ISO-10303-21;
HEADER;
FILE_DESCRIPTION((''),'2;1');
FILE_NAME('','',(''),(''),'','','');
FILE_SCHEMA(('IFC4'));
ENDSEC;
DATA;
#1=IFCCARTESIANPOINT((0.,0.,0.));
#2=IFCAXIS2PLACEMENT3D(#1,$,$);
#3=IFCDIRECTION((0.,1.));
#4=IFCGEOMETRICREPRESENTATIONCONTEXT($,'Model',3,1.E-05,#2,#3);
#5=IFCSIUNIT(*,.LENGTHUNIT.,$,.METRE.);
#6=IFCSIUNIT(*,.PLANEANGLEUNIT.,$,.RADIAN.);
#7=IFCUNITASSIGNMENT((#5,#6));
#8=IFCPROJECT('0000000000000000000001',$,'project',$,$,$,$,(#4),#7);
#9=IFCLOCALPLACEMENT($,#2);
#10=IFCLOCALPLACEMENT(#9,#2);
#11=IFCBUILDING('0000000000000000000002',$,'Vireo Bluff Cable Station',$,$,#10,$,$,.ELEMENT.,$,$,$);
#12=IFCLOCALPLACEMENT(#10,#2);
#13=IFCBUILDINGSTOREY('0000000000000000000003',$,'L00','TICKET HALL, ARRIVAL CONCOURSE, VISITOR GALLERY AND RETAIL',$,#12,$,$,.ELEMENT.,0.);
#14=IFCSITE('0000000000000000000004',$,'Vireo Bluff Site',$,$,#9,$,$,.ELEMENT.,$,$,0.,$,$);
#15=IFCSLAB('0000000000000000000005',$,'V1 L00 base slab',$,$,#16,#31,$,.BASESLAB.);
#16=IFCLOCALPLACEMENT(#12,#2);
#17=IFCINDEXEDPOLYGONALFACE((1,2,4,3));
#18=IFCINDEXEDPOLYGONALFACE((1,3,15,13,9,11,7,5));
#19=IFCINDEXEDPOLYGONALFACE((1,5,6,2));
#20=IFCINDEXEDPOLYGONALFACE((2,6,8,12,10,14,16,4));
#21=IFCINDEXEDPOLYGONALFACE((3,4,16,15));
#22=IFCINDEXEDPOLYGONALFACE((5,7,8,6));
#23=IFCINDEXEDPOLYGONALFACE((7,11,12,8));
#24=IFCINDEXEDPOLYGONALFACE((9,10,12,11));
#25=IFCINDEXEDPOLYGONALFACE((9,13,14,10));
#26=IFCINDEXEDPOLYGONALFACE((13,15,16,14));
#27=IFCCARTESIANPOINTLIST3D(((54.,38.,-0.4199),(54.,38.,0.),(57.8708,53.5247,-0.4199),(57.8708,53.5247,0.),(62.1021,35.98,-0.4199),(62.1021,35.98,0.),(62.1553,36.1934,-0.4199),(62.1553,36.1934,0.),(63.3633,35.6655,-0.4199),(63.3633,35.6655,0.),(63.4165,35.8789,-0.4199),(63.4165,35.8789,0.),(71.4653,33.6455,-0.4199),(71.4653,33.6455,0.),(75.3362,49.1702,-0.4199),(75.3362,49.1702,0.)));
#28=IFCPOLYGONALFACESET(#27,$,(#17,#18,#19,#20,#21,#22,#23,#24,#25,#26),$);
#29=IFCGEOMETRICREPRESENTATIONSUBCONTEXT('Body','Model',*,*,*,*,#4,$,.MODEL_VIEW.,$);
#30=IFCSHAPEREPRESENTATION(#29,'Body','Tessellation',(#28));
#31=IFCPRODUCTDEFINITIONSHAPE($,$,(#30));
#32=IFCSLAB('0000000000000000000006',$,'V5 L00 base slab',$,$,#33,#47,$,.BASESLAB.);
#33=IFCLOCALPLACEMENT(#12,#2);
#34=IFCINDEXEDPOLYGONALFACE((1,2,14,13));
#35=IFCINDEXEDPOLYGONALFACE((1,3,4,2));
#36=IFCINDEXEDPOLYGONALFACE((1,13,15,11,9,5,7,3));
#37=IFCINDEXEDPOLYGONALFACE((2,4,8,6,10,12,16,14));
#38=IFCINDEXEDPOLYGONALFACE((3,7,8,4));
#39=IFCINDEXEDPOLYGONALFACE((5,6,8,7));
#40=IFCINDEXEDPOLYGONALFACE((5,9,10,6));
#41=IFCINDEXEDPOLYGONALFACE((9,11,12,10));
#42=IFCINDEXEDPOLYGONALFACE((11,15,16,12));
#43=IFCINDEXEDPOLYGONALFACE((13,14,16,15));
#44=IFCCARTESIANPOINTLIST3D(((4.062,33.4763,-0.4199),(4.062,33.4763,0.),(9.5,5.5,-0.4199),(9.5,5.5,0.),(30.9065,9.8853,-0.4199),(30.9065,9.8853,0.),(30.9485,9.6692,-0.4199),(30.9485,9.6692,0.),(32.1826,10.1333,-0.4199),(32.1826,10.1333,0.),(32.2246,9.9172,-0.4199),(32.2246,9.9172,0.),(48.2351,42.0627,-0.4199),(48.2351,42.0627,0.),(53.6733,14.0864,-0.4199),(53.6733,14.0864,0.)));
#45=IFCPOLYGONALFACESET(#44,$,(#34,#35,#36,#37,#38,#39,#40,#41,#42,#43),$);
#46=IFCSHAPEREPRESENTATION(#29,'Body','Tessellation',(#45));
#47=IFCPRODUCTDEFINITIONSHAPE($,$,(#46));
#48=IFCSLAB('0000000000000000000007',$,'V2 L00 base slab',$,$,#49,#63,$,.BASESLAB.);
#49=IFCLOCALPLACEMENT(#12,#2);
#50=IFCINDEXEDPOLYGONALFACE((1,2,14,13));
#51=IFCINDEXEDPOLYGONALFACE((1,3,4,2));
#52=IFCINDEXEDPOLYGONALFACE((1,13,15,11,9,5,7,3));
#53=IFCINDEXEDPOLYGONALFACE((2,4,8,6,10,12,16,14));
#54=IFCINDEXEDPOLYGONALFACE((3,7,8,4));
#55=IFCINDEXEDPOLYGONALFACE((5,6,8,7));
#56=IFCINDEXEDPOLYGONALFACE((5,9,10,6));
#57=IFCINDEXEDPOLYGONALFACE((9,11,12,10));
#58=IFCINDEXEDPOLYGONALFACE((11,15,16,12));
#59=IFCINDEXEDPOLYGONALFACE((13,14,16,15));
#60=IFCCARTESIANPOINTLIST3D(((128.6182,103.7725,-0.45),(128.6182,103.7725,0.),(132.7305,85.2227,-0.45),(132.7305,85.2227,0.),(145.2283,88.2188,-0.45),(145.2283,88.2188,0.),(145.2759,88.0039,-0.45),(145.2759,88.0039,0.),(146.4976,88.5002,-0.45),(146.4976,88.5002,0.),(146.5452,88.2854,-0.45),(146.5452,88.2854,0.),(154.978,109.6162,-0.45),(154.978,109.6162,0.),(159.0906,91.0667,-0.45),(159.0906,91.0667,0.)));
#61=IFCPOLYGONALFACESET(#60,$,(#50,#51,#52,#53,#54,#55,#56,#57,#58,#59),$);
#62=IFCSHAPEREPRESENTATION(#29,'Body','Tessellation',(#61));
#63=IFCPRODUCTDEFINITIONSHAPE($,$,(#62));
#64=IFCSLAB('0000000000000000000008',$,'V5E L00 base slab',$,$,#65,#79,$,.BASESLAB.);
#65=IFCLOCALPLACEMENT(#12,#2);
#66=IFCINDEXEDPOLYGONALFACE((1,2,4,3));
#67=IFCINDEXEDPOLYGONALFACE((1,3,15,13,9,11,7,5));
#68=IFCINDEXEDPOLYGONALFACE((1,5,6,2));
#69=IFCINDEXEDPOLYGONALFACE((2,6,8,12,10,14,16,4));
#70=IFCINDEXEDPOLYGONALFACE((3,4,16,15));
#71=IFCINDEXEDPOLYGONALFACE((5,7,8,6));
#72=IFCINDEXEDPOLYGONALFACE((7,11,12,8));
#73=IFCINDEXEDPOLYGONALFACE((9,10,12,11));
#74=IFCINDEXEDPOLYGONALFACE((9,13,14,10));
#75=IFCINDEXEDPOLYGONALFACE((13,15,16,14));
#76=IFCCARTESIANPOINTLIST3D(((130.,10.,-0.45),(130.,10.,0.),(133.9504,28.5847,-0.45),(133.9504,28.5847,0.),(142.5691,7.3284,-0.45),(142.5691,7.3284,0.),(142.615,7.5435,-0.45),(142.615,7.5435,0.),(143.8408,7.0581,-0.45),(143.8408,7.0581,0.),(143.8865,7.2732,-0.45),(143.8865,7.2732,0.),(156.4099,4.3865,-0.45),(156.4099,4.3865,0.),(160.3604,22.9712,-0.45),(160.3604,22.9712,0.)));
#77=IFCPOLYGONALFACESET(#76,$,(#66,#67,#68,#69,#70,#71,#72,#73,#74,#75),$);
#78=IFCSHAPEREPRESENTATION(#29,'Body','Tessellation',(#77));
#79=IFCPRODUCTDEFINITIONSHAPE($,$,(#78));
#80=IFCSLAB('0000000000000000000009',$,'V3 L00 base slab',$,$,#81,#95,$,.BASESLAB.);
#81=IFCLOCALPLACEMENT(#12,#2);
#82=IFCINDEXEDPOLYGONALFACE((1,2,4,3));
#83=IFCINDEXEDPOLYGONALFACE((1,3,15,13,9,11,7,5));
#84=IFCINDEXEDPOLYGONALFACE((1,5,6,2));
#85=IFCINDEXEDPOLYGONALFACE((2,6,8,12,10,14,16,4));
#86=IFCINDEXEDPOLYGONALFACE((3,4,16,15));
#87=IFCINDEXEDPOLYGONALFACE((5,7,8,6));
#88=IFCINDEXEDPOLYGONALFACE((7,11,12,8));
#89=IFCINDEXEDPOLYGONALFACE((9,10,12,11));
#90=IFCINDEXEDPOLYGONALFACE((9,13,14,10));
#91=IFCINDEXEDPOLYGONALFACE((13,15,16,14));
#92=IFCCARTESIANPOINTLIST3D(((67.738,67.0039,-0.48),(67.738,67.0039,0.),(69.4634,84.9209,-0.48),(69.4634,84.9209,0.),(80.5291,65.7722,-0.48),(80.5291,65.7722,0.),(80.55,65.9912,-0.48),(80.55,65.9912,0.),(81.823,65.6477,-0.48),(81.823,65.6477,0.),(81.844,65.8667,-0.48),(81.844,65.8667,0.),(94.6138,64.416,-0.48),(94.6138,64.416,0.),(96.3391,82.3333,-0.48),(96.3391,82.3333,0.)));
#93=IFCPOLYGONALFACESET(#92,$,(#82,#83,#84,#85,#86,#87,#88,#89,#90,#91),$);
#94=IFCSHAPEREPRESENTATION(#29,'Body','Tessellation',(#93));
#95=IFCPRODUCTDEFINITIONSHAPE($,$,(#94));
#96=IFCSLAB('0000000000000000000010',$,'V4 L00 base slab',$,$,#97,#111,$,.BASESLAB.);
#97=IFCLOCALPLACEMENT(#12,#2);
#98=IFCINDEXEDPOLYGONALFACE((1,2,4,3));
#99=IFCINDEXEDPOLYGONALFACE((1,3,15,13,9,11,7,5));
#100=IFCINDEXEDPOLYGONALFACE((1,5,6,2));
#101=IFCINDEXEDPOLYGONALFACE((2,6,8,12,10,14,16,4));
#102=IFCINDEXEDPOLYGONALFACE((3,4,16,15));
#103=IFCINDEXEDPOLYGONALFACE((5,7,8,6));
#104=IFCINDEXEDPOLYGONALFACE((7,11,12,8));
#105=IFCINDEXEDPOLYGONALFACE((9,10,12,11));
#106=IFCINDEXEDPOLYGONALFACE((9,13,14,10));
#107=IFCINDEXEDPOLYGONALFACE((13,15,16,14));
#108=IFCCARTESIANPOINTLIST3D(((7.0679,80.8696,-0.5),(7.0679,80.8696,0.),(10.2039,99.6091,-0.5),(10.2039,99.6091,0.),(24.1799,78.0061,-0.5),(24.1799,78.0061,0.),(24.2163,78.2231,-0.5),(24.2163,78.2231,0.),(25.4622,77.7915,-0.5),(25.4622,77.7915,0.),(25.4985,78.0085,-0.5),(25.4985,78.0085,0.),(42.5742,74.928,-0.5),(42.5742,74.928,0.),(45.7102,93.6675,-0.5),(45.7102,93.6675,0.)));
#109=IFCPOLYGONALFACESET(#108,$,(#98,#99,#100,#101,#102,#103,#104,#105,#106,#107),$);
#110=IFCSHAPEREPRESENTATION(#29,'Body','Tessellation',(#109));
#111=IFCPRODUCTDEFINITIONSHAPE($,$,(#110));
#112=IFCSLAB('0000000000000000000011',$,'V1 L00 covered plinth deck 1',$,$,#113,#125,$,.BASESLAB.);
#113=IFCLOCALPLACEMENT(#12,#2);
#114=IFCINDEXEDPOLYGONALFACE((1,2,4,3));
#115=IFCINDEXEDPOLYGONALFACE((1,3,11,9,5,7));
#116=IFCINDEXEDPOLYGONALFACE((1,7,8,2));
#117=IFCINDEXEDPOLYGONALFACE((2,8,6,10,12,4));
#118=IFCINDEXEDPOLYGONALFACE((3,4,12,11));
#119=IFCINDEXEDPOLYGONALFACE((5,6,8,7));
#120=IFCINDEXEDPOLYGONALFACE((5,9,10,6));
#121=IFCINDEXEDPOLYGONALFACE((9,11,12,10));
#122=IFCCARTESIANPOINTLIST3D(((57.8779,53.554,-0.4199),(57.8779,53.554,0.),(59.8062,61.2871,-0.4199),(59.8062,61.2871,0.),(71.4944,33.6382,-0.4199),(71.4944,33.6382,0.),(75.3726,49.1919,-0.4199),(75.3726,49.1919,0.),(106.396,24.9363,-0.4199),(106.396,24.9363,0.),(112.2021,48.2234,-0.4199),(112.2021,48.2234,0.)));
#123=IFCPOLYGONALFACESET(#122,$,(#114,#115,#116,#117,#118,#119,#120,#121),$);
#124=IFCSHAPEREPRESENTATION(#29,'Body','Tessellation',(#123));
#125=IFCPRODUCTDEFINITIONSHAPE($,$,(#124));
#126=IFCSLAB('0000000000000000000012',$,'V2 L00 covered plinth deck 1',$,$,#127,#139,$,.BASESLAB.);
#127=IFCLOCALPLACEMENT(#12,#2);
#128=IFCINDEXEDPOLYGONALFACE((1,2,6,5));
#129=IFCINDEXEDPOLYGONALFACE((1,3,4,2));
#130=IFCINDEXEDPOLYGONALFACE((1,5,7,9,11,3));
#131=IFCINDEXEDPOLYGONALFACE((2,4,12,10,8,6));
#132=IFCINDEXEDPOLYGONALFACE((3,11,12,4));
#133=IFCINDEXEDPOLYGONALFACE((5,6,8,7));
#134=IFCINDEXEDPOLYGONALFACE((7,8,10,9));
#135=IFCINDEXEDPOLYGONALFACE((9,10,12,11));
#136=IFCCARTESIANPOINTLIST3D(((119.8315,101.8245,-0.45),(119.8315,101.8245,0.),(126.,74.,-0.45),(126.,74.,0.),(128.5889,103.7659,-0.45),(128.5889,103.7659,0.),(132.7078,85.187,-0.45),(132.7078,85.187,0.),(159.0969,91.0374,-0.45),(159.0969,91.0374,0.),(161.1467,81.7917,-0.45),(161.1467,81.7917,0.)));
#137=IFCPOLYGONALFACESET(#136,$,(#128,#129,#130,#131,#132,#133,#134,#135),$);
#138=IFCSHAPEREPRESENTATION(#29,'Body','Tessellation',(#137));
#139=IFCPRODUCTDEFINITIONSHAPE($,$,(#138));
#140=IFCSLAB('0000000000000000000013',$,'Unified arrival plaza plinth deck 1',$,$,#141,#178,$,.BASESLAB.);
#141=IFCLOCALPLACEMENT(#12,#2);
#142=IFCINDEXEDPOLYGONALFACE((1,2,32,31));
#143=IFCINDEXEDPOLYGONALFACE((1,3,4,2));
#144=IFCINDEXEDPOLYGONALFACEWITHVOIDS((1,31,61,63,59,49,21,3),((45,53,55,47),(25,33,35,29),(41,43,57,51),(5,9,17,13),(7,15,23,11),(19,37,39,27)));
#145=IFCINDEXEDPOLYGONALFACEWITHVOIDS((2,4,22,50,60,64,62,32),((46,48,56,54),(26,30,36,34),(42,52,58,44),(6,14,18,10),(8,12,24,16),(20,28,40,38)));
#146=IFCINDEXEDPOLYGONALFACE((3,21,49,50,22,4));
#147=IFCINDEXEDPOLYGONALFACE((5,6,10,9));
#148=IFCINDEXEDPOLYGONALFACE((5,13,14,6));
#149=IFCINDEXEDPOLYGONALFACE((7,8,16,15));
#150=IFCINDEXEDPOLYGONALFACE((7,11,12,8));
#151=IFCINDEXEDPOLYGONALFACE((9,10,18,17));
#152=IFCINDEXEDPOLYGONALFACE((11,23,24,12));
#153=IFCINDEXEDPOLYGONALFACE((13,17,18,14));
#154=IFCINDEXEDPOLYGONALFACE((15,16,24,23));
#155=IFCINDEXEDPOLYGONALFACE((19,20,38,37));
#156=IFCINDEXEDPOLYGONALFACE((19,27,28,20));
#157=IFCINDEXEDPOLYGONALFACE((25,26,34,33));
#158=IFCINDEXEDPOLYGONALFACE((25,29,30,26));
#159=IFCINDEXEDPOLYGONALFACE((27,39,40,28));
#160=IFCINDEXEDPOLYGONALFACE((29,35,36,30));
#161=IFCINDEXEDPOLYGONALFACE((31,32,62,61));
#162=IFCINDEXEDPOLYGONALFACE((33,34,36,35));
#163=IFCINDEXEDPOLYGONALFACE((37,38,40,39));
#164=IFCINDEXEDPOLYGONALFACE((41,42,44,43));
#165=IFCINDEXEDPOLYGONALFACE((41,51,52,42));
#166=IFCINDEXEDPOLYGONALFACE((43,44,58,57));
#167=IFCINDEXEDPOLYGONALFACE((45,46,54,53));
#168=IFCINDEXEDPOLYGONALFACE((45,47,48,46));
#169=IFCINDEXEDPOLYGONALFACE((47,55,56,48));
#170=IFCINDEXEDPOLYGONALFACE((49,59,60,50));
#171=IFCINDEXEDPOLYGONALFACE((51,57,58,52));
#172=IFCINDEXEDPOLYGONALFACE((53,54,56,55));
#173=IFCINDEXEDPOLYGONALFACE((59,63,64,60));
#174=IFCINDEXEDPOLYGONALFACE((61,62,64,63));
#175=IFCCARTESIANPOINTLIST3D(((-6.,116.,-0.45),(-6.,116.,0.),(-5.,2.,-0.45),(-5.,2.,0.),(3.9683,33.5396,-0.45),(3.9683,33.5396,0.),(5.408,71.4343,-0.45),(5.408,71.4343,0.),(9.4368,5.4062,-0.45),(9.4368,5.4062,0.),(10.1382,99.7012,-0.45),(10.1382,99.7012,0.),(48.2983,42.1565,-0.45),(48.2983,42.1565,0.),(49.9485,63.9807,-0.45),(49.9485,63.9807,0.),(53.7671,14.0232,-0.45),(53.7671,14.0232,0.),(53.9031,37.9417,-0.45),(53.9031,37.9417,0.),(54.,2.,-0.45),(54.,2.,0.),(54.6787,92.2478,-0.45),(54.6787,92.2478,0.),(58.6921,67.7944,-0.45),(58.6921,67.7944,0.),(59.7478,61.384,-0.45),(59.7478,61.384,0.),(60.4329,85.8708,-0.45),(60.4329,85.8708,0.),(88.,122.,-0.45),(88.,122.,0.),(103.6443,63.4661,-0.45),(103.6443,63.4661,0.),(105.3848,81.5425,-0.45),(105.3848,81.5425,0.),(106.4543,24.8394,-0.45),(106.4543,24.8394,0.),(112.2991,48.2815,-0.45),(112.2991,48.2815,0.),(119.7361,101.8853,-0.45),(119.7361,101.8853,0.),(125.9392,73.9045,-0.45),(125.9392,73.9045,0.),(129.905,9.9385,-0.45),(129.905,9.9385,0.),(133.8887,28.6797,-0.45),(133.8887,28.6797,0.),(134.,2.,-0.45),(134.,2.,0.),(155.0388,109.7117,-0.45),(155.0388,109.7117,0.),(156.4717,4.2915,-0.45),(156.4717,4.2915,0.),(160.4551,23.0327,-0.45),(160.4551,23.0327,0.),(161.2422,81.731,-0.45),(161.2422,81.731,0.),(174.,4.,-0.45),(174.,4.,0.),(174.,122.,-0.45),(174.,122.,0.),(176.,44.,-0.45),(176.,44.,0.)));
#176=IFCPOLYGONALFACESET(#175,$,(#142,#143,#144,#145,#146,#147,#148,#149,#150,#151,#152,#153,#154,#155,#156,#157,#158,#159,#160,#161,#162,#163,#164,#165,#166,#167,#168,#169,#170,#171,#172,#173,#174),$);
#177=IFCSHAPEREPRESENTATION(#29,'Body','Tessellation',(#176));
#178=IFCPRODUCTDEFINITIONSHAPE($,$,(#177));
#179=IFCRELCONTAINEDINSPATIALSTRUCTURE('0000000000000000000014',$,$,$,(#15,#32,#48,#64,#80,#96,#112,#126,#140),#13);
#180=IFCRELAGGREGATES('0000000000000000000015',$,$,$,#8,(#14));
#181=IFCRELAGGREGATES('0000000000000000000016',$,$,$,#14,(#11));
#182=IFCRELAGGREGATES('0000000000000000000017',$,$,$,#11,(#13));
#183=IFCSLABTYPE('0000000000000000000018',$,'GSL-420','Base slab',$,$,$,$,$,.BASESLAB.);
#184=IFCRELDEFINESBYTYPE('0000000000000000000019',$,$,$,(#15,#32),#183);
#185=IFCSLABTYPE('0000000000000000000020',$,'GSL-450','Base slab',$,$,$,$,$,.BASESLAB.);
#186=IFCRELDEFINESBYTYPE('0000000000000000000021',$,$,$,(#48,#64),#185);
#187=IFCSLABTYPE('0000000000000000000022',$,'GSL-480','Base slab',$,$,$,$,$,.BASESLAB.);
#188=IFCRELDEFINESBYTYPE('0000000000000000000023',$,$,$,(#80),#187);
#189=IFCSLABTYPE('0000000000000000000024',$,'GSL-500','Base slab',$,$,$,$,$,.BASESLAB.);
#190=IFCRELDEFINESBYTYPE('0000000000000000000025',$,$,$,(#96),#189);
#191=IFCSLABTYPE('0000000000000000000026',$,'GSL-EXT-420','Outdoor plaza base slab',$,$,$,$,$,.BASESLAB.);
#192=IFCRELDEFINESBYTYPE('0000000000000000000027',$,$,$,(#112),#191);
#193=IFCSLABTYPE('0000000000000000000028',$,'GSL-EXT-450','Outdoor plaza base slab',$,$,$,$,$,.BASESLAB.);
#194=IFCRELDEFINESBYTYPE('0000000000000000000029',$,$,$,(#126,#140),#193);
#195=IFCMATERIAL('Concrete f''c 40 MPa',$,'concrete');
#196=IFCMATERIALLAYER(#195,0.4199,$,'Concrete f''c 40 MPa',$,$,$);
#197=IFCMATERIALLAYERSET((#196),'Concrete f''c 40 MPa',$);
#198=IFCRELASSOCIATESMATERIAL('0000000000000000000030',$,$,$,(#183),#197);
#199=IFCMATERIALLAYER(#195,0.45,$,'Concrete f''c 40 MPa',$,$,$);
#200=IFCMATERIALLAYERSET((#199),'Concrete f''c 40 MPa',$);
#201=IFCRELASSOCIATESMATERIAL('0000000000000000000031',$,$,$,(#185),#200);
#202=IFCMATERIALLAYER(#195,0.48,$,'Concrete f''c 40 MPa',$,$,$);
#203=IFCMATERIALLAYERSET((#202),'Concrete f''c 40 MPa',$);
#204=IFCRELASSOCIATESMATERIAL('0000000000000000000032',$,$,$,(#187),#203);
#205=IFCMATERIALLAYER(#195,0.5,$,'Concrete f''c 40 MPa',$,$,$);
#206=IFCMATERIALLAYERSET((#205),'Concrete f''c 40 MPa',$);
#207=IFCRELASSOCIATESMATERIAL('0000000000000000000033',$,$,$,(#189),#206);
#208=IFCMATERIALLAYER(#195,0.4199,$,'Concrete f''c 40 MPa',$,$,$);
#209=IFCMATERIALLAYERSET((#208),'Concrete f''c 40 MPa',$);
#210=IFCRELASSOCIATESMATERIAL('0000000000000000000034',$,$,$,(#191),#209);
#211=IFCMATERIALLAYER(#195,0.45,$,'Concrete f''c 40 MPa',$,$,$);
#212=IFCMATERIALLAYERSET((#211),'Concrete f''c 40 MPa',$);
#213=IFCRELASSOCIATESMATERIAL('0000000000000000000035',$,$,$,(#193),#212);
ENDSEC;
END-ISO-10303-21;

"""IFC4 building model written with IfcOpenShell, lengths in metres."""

from ifc_helpers import new_model, si_unit, direction, frame, origin, place, context, subcontext, project, spatial, polyline, outline, extrude, material, layer, layer_set, type_object, element, save


model = new_model("IFC4")

# Units and contexts
model_context = context("Model", 3, precision=1e-05, world=origin(), true_north=direction((0.0, 1.0)))
body_context = subcontext(model_context, "Body", "Model", "MODEL_VIEW")
ifc_project = project(units=[si_unit("LENGTHUNIT", "METRE"), si_unit("PLANEANGLEUNIT", "RADIAN")], contexts=[model_context])

# Site, building, storey
site_placement = place(None, origin())
site = spatial("IfcSite", under=ifc_project, at=site_placement, Name="Vireo Bluff Site", CompositionType="ELEMENT", RefElevation=0.0)
building_placement = place(site_placement, origin())
building = spatial("IfcBuilding", under=site, at=building_placement, Name="Vireo Bluff Cable Station", CompositionType="ELEMENT")
storey_placement = place(building_placement, origin())
storey = spatial("IfcBuildingStorey", under=building, at=storey_placement, Name="L00", Description="TICKET HALL, ARRIVAL CONCOURSE, VISITOR GALLERY AND RETAIL", CompositionType="ELEMENT", Elevation=0.0)

# Slabs
ifc_material = material(Name="Concrete f'c 40 MPa", Category="concrete")
ifc_layer_1 = layer(ifc_material, 0.4199, Name="Concrete f'c 40 MPa")
ifc_layer_set_1 = layer_set([ifc_layer_1], Name="Concrete f'c 40 MPa")
slab_type_1 = type_object("IfcSlabType", Name="GSL-420", Description="Base slab", PredefinedType="BASESLAB", material=ifc_layer_set_1)
slab_1_placement = place(storey_placement, frame((0.0, 0.0, -0.4199)))
element("IfcSlab", 1, at=slab_1_placement, inside=storey, type_object=slab_type_1, Name="V1 L00 base slab", PredefinedType="BASESLAB", context=body_context, shape_type="SweptSolid", body=[
    extrude(outline(polyline([(54.0, 38.0), (62.1021, 35.98), (62.1553, 36.1934), (63.4165, 35.8789), (63.3633, 35.6655), (71.4653, 33.6455), (75.3362, 49.1702), (57.8708, 53.5247), (54.0, 38.0)])), origin(), (0.0, 0.0, 1.0), 0.4199),
])
slab_2_placement = place(storey_placement, frame((0.0, 0.0, -0.4199)))
element("IfcSlab", 2, at=slab_2_placement, inside=storey, type_object=slab_type_1, Name="V5 L00 base slab", PredefinedType="BASESLAB", context=body_context, shape_type="SweptSolid", body=[
    extrude(outline(polyline([(9.5, 5.5), (30.9485, 9.6692), (30.9065, 9.8853), (32.1826, 10.1333), (32.2246, 9.9172), (53.6733, 14.0864), (48.2351, 42.0627), (4.062, 33.4763), (9.5, 5.5)])), origin(), (0.0, 0.0, 1.0), 0.4199),
])
ifc_layer_2 = layer(ifc_material, 0.45, Name="Concrete f'c 40 MPa")
ifc_layer_set_2 = layer_set([ifc_layer_2], Name="Concrete f'c 40 MPa")
slab_type_2 = type_object("IfcSlabType", Name="GSL-450", Description="Base slab", PredefinedType="BASESLAB", material=ifc_layer_set_2)
slab_3_placement = place(storey_placement, frame((0.0, 0.0, -0.45)))
element("IfcSlab", 3, at=slab_3_placement, inside=storey, type_object=slab_type_2, Name="V2 L00 base slab", PredefinedType="BASESLAB", context=body_context, shape_type="SweptSolid", body=[
    extrude(outline(polyline([(132.7305, 85.2227), (145.2759, 88.0039), (145.2283, 88.2188), (146.4976, 88.5002), (146.5452, 88.2854), (159.0906, 91.0667), (154.978, 109.6162), (128.6182, 103.7725), (132.7305, 85.2227)])), origin(), (0.0, 0.0, 1.0), 0.45),
])
slab_4_placement = place(storey_placement, frame((0.0, 0.0, -0.45)))
element("IfcSlab", 4, at=slab_4_placement, inside=storey, type_object=slab_type_2, Name="V5E L00 base slab", PredefinedType="BASESLAB", context=body_context, shape_type="SweptSolid", body=[
    extrude(outline(polyline([(130.0, 10.0), (142.5691, 7.3284), (142.615, 7.5435), (143.8865, 7.2732), (143.8408, 7.0581), (156.4099, 4.3865), (160.3604, 22.9712), (133.9504, 28.5847), (130.0, 10.0)])), origin(), (0.0, 0.0, 1.0), 0.45),
])
ifc_layer_3 = layer(ifc_material, 0.48, Name="Concrete f'c 40 MPa")
ifc_layer_set_3 = layer_set([ifc_layer_3], Name="Concrete f'c 40 MPa")
slab_type_3 = type_object("IfcSlabType", Name="GSL-480", Description="Base slab", PredefinedType="BASESLAB", material=ifc_layer_set_3)
slab_5_placement = place(storey_placement, frame((0.0, 0.0, -0.48)))
element("IfcSlab", 5, at=slab_5_placement, inside=storey, type_object=slab_type_3, Name="V3 L00 base slab", PredefinedType="BASESLAB", context=body_context, shape_type="SweptSolid", body=[
    extrude(outline(polyline([(67.738, 67.0039), (80.5291, 65.7722), (80.55, 65.9912), (81.844, 65.8667), (81.823, 65.6477), (94.6138, 64.416), (96.3391, 82.3333), (69.4634, 84.9209), (67.738, 67.0039)])), origin(), (0.0, 0.0, 1.0), 0.48),
])
ifc_layer_4 = layer(ifc_material, 0.5, Name="Concrete f'c 40 MPa")
ifc_layer_set_4 = layer_set([ifc_layer_4], Name="Concrete f'c 40 MPa")
slab_type_4 = type_object("IfcSlabType", Name="GSL-500", Description="Base slab", PredefinedType="BASESLAB", material=ifc_layer_set_4)
slab_6_placement = place(storey_placement, frame((0.0, 0.0, -0.5)))
element("IfcSlab", 6, at=slab_6_placement, inside=storey, type_object=slab_type_4, Name="V4 L00 base slab", PredefinedType="BASESLAB", context=body_context, shape_type="SweptSolid", body=[
    extrude(outline(polyline([(7.0679, 80.8696), (24.1799, 78.0061), (24.2163, 78.2231), (25.4985, 78.0085), (25.4622, 77.7915), (42.5742, 74.928), (45.7102, 93.6675), (10.2039, 99.6091), (7.0679, 80.8696)])), origin(), (0.0, 0.0, 1.0), 0.5),
])
ifc_layer_5 = layer(ifc_material, 0.4199, Name="Concrete f'c 40 MPa")
ifc_layer_set_5 = layer_set([ifc_layer_5], Name="Concrete f'c 40 MPa")
slab_type_5 = type_object("IfcSlabType", Name="GSL-EXT-420", Description="Outdoor plaza base slab", PredefinedType="BASESLAB", material=ifc_layer_set_5)
slab_7_placement = place(storey_placement, frame((0.0, 0.0, -0.4199)))
element("IfcSlab", 7, at=slab_7_placement, inside=storey, type_object=slab_type_5, Name="V1 L00 covered plinth deck 1", PredefinedType="BASESLAB", context=body_context, shape_type="SweptSolid", body=[
    extrude(outline(polyline([(59.8062, 61.2871), (112.2021, 48.2234), (106.396, 24.9363), (71.4944, 33.6382), (75.3726, 49.1919), (57.8779, 53.554), (59.8062, 61.2871)])), origin(), (0.0, 0.0, 1.0), 0.4199),
])
ifc_layer_6 = layer(ifc_material, 0.45, Name="Concrete f'c 40 MPa")
ifc_layer_set_6 = layer_set([ifc_layer_6], Name="Concrete f'c 40 MPa")
slab_type_6 = type_object("IfcSlabType", Name="GSL-EXT-450", Description="Outdoor plaza base slab", PredefinedType="BASESLAB", material=ifc_layer_set_6)
slab_8_placement = place(storey_placement, frame((0.0, 0.0, -0.45)))
element("IfcSlab", 8, at=slab_8_placement, inside=storey, type_object=slab_type_6, Name="V2 L00 covered plinth deck 1", PredefinedType="BASESLAB", context=body_context, shape_type="SweptSolid", body=[
    extrude(outline(polyline([(161.1467, 81.7917), (126.0, 74.0), (119.8315, 101.8245), (128.5889, 103.7659), (132.7078, 85.187), (159.0969, 91.0374), (161.1467, 81.7917)])), origin(), (0.0, 0.0, 1.0), 0.45),
])
slab_9_placement = place(storey_placement, frame((0.0, 0.0, -0.45)))
element("IfcSlab", 9, at=slab_9_placement, inside=storey, type_object=slab_type_6, Name="Unified arrival plaza plinth deck 1", PredefinedType="BASESLAB", context=body_context, shape_type="SweptSolid", body=[
    extrude(outline(polyline([(134.0, 2.0), (54.0, 2.0), (-5.0, 2.0), (-6.0, 116.0), (88.0, 122.0), (174.0, 122.0), (176.0, 44.0), (174.0, 4.0), (134.0, 2.0)]), holes=[polyline([(48.2983, 42.1565), (3.9683, 33.5396), (9.4368, 5.4062), (53.7671, 14.0232), (48.2983, 42.1565)]), polyline([(156.4717, 4.2915), (160.4551, 23.0327), (133.8887, 28.6797), (129.905, 9.9385), (156.4717, 4.2915)]), polyline([(5.408, 71.4343), (49.9485, 63.9807), (54.6787, 92.2478), (10.1382, 99.7012), (5.408, 71.4343)]), polyline([(119.7361, 101.8853), (125.9392, 73.9045), (161.2422, 81.731), (155.0388, 109.7117), (119.7361, 101.8853)]), polyline([(112.2991, 48.2815), (59.7478, 61.384), (53.9031, 37.9417), (106.4543, 24.8394), (112.2991, 48.2815)]), polyline([(103.6443, 63.4661), (105.3848, 81.5425), (60.4329, 85.8708), (58.6921, 67.7944), (103.6443, 63.4661)])]), origin(), (0.0, 0.0, 1.0), 0.45),
])

save(model, "model.ifc")
